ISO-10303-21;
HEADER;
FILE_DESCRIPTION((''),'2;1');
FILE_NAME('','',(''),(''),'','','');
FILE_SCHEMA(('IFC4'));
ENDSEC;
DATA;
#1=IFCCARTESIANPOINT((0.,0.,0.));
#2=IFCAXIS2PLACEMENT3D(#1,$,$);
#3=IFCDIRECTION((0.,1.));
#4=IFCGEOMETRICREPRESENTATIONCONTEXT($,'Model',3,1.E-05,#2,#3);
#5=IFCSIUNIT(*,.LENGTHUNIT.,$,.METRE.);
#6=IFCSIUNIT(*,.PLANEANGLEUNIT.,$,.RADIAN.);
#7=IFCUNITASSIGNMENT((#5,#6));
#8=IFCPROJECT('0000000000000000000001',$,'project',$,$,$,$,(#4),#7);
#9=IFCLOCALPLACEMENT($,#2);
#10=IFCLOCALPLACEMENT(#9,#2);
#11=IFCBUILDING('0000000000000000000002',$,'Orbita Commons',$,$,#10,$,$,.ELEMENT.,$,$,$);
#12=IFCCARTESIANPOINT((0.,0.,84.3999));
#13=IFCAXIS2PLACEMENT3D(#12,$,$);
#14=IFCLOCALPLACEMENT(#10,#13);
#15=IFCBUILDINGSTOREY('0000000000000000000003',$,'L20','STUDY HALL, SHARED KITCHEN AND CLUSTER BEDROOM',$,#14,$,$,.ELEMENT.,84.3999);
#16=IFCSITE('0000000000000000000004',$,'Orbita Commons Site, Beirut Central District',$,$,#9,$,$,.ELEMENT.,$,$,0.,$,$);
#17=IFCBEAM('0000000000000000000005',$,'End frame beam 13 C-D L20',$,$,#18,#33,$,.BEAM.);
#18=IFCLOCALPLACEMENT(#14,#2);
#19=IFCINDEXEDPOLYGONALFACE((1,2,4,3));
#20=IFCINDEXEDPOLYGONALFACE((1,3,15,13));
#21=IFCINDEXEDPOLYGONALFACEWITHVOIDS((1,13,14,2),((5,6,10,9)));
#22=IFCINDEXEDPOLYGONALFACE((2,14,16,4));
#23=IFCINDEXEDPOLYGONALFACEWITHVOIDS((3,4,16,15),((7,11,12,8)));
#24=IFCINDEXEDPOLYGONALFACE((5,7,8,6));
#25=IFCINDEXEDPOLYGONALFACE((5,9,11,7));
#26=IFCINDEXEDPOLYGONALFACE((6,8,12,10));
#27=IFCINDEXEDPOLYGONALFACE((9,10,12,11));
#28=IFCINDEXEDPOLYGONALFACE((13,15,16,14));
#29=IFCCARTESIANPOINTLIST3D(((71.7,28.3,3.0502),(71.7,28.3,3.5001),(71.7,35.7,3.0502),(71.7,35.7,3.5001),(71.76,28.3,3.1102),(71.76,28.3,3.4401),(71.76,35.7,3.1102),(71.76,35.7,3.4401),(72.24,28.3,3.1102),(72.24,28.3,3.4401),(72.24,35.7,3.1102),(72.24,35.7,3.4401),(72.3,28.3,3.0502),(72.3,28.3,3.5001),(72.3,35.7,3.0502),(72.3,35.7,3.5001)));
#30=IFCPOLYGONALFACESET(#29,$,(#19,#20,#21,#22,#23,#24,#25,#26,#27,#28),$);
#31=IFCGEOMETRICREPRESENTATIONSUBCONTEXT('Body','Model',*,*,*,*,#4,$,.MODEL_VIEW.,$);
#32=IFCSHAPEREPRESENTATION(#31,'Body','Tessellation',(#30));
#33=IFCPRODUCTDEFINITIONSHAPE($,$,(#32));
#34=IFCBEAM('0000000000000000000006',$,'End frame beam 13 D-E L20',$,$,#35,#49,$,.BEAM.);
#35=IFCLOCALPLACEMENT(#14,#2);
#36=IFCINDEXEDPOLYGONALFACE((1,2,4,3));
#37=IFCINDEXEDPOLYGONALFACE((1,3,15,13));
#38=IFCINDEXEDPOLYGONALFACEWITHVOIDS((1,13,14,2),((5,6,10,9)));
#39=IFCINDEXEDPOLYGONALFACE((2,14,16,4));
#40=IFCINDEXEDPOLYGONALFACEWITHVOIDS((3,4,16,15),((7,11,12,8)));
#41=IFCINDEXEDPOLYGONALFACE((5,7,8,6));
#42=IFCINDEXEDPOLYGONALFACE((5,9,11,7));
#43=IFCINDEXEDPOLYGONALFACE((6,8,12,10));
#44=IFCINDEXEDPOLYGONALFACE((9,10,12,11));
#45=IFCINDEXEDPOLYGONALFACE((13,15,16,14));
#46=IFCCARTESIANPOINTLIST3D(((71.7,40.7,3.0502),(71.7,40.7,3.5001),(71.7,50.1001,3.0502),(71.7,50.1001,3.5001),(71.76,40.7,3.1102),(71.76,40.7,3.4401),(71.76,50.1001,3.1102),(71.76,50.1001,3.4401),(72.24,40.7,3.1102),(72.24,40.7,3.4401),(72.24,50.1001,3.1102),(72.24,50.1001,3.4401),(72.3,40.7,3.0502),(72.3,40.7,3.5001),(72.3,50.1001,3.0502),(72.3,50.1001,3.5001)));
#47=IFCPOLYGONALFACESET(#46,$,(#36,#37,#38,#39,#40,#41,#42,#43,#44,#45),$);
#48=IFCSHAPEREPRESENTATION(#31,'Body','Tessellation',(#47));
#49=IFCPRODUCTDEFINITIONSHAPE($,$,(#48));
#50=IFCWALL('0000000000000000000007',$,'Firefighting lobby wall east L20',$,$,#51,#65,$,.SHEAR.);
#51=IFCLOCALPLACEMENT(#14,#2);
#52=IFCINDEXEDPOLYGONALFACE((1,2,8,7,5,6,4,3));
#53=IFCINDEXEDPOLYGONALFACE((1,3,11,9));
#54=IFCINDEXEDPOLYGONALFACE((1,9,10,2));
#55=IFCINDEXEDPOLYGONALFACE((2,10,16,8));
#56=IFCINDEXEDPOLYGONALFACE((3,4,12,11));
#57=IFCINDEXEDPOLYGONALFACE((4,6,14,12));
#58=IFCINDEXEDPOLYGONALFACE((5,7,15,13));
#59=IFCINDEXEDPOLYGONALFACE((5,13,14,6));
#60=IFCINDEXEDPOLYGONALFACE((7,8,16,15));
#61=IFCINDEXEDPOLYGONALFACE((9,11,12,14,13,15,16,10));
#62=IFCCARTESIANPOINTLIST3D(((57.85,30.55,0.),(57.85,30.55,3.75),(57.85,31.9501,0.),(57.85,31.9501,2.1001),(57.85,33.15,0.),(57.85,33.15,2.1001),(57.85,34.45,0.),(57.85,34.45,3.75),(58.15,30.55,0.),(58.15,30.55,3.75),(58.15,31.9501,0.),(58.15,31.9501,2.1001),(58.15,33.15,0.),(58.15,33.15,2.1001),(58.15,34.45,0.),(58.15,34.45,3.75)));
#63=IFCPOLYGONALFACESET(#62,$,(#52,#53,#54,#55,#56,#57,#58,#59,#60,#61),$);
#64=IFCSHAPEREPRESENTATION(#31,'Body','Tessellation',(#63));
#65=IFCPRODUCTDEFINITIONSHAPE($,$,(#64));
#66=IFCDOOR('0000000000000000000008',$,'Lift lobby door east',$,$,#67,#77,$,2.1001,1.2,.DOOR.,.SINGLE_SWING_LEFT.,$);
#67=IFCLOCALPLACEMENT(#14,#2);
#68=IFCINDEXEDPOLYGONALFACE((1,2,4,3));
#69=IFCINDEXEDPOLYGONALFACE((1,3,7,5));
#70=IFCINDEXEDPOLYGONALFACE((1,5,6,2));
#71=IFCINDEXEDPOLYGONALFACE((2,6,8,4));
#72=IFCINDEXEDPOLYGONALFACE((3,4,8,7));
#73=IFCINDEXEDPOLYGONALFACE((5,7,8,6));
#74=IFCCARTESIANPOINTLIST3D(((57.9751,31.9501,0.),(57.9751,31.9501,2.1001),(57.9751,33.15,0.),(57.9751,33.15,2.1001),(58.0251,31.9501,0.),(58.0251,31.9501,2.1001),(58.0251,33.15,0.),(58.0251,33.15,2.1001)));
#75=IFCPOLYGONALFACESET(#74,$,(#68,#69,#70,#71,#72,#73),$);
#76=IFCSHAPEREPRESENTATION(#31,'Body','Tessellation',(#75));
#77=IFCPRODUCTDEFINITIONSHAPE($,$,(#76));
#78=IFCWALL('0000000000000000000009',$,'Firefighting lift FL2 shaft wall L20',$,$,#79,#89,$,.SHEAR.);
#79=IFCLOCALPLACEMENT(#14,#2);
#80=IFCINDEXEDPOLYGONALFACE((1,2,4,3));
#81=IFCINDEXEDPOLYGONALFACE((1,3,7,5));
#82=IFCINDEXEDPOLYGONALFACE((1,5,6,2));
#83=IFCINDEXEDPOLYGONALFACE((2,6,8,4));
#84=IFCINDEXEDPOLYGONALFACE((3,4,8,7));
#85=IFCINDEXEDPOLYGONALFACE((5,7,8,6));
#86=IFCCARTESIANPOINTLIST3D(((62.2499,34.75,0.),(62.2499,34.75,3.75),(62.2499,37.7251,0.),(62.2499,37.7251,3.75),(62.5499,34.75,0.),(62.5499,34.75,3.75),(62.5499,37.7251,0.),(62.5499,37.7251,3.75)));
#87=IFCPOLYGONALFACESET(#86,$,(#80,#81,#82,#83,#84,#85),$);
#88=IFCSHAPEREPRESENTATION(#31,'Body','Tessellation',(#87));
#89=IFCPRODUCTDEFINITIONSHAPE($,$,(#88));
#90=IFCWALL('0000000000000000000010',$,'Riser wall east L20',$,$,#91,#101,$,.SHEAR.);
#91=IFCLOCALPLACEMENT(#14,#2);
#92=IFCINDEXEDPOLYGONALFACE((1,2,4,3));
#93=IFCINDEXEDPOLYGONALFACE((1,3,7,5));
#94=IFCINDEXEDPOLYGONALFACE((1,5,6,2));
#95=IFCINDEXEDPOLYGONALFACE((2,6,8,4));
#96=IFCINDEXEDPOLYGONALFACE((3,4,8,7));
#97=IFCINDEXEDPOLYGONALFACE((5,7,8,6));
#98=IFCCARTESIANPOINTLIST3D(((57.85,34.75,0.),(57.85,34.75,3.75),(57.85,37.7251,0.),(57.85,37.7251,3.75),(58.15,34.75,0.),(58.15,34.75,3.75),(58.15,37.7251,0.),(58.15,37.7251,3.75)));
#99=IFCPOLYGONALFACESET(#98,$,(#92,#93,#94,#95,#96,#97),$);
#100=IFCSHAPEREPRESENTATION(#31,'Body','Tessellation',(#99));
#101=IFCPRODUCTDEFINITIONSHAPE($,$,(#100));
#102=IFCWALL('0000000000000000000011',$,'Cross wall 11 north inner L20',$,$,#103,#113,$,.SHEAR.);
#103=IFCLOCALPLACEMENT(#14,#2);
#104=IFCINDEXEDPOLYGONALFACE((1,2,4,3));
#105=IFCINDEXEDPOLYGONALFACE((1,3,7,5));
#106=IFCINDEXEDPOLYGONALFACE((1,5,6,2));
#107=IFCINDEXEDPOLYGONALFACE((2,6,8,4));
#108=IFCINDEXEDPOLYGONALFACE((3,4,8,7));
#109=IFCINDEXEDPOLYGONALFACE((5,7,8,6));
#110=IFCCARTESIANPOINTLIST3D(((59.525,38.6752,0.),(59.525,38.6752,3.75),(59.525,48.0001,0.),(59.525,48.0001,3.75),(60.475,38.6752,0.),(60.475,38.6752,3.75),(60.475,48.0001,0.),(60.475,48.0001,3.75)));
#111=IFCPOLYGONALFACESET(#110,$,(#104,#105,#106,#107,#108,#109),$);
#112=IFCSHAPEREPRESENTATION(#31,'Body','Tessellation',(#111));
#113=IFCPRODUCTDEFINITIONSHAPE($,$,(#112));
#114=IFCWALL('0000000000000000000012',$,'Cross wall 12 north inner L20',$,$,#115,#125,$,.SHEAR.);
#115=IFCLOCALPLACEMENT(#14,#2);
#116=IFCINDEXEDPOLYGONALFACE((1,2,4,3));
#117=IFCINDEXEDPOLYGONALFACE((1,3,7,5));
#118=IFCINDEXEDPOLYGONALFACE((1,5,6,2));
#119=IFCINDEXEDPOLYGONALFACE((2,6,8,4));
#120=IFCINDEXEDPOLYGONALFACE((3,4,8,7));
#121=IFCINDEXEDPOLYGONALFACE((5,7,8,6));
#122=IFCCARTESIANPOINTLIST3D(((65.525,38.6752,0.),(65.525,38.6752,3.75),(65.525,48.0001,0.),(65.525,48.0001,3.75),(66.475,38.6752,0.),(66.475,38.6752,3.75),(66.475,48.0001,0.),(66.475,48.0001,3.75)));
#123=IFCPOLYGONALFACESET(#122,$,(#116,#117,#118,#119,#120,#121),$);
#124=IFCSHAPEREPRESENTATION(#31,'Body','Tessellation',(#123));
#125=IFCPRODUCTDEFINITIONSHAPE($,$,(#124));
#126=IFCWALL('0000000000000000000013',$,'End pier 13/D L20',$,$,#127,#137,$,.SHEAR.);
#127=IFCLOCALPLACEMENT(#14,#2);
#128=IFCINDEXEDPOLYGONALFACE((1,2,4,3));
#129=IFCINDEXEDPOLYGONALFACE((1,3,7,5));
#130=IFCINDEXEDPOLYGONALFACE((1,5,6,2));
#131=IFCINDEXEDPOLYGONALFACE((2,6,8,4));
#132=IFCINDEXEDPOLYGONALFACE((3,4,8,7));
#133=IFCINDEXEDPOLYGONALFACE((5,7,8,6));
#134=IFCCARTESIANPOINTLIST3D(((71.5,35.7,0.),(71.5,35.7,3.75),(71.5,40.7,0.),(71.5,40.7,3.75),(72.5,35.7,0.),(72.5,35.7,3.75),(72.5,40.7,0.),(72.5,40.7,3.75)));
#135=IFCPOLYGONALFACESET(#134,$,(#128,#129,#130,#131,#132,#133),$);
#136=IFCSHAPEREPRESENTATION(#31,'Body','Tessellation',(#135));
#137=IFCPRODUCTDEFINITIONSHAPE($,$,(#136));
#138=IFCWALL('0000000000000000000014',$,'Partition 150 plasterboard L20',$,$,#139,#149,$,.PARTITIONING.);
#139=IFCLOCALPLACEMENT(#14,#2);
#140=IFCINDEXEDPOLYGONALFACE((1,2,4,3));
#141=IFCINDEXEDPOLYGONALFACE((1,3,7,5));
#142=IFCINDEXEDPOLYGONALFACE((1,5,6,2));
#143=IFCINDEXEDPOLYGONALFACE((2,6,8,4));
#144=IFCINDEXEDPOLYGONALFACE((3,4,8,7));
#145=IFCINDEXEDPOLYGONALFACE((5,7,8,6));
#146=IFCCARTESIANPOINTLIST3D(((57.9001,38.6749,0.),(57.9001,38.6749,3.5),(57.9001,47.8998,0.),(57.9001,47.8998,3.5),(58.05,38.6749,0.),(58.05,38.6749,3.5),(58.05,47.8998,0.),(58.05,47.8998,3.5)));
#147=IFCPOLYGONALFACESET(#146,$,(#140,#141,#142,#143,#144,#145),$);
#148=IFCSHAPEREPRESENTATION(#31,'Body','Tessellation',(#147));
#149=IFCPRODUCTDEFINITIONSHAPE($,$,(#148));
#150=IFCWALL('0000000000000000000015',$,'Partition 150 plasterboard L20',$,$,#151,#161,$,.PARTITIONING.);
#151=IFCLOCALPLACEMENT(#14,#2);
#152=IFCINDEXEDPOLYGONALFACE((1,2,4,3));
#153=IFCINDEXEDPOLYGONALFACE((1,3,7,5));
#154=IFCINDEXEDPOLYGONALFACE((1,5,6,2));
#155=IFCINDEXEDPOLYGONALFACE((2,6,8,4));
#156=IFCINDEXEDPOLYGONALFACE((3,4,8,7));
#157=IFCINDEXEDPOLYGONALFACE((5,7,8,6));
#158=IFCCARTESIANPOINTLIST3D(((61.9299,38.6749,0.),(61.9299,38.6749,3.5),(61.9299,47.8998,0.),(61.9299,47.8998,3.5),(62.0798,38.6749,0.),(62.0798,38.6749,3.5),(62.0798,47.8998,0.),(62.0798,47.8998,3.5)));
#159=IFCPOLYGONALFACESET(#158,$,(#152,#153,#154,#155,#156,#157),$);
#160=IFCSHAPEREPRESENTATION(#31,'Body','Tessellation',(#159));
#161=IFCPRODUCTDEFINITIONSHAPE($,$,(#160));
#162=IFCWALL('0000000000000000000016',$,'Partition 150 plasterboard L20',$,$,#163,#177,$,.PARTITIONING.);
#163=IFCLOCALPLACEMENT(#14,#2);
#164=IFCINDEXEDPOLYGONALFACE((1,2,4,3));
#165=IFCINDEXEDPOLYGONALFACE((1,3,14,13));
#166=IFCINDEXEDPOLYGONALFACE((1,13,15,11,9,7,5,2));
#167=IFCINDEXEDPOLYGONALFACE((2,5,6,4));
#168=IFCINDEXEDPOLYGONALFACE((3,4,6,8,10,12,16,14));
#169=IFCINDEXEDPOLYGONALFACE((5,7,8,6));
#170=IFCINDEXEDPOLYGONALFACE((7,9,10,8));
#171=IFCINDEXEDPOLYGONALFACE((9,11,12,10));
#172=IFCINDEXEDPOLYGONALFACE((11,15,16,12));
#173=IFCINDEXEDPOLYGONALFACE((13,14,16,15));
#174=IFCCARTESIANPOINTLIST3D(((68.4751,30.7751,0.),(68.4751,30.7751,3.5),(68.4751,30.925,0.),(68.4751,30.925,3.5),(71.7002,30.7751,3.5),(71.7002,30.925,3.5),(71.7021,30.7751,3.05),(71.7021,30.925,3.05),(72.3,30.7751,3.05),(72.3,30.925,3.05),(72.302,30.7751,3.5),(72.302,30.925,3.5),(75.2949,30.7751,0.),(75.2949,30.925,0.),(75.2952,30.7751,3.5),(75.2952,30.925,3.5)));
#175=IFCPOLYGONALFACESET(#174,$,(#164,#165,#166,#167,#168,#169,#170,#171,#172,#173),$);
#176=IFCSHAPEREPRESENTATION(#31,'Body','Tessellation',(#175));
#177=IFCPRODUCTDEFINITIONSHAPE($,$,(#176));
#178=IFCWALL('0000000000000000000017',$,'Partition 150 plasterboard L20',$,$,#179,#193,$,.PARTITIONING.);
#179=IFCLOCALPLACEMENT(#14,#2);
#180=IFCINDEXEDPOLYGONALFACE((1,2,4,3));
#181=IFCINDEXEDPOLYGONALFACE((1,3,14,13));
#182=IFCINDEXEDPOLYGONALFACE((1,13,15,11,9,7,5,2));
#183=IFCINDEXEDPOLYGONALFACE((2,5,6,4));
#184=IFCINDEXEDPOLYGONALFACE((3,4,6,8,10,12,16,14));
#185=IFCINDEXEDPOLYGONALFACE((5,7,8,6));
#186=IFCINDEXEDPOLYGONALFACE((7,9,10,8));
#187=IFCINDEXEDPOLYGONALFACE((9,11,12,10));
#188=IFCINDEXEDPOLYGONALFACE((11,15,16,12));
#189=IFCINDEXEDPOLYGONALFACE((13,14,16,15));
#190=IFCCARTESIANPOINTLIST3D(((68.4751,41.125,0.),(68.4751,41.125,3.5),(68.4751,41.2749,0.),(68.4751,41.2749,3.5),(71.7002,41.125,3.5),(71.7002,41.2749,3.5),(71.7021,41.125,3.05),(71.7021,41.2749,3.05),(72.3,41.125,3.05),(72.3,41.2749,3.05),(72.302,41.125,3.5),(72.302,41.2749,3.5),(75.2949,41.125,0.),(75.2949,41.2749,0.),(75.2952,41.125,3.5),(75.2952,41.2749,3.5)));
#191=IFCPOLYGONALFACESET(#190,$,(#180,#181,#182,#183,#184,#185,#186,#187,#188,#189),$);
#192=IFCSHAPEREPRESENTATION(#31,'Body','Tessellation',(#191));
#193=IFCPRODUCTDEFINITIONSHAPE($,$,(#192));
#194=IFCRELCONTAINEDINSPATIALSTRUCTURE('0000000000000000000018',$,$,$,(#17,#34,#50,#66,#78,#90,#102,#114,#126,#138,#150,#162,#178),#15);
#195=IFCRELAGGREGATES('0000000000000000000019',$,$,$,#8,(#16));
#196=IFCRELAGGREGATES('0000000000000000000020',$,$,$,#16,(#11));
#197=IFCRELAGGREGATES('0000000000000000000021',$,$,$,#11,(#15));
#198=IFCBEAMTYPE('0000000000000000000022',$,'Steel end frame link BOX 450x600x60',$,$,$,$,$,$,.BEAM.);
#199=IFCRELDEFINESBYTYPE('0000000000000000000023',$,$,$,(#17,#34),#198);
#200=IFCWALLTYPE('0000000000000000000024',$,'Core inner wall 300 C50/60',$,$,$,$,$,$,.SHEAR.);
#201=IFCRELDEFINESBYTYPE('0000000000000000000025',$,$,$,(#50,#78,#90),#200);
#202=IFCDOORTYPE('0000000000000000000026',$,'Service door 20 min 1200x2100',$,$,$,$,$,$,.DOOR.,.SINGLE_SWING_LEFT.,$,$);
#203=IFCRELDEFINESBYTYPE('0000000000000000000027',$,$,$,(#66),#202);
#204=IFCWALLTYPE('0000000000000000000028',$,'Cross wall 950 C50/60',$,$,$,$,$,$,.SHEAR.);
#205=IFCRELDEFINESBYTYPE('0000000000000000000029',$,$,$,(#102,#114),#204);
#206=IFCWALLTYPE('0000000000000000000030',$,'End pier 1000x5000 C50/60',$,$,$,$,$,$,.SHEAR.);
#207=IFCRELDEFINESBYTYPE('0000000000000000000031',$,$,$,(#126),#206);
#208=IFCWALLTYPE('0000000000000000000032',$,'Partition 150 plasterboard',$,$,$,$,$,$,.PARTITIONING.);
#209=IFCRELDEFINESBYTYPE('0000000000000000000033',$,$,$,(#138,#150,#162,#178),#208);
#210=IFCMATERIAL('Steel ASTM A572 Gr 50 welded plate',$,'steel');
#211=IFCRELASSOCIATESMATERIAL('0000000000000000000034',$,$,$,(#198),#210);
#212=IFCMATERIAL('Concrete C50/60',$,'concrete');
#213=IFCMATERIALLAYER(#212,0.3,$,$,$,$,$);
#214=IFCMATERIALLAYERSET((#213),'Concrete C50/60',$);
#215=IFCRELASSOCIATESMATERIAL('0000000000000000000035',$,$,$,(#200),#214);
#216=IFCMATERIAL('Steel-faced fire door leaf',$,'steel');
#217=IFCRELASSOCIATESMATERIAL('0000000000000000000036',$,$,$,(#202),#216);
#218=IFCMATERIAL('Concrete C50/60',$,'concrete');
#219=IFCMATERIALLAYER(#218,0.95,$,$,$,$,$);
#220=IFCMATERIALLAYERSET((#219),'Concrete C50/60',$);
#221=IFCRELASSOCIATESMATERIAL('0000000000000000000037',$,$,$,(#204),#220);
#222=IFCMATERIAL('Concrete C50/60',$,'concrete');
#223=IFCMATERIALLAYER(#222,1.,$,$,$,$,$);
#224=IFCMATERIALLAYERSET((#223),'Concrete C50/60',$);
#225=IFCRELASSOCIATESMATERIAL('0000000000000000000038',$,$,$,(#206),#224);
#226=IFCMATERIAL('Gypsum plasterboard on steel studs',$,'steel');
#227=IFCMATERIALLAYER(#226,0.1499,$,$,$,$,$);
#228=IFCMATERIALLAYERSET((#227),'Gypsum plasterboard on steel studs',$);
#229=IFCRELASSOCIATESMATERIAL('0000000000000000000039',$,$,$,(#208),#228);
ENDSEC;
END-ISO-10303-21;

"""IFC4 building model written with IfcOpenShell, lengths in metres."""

from ifc_helpers import new_model, si_unit, direction, frame, frame_2d, origin, origin_2d, place, context, subcontext, project, spatial, polyline, rectangle, hollow_rectangle, outline, extrude, material, layer, layer_set, material_profile, profile_set, type_object, element, fill, save


model = new_model("IFC4")

# Units and contexts
model_context = context("Model", 3, precision=1e-05, world=origin(), true_north=direction((0.0, 1.0)))
body_context = subcontext(model_context, "Body", "Model", "MODEL_VIEW")
ifc_project = project(units=[si_unit("LENGTHUNIT", "METRE"), si_unit("PLANEANGLEUNIT", "RADIAN")], contexts=[model_context])

# Site, building, storey
site_placement = place(None, origin())
site = spatial("IfcSite", under=ifc_project, at=site_placement, Name="Orbita Commons Site, Beirut Central District", CompositionType="ELEMENT", RefElevation=0.0)
building_placement = place(site_placement, origin())
building = spatial("IfcBuilding", under=site, at=building_placement, Name="Orbita Commons", CompositionType="ELEMENT")
storey_placement = place(building_placement, frame((0.0, 0.0, 84.3999)))
storey = spatial("IfcBuildingStorey", under=building, at=storey_placement, Name="L20", Description="STUDY HALL, SHARED KITCHEN AND CLUSTER BEDROOM", CompositionType="ELEMENT", Elevation=84.3999)

# Beams
ifc_material_1 = material(Name="Steel ASTM A572 Gr 50 welded plate", Category="steel")
ifc_material_profile = material_profile(ifc_material_1, hollow_rectangle(XDim=0.6001, YDim=0.45, WallThickness=0.0601, at=origin_2d()), Name="BOX 450x600x60")
ifc_profile_set = profile_set([ifc_material_profile], Name="Steel ASTM A572 Gr 50 welded plate")
beam_type = type_object("IfcBeamType", Name="Steel end frame link BOX 450x600x60", PredefinedType="BEAM", material=ifc_profile_set)
beam_1_placement = place(storey_placement, frame((72.0, 28.3, 3.2751), z_axis=(0.0, 1.0, 0.0), x_axis=(-1.0, 0.0, 0.0)))
element("IfcBeam", 1, at=beam_1_placement, inside=storey, type_object=beam_type, Name="End frame beam 13 C-D L20", PredefinedType="BEAM", context=body_context, shape_type="SweptSolid", body=[
    extrude(hollow_rectangle(XDim=0.6001, YDim=0.45, WallThickness=0.0601, at=origin_2d()), origin(), (0.0, 0.0, 1.0), 7.3999),
])
beam_2_placement = place(storey_placement, frame((72.0, 40.7, 3.2751), z_axis=(0.0, 1.0, 0.0), x_axis=(-1.0, 0.0, 0.0)))
element("IfcBeam", 2, at=beam_2_placement, inside=storey, type_object=beam_type, Name="End frame beam 13 D-E L20", PredefinedType="BEAM", context=body_context, shape_type="SweptSolid", body=[
    extrude(hollow_rectangle(XDim=0.6001, YDim=0.45, WallThickness=0.0601, at=origin_2d()), origin(), (0.0, 0.0, 1.0), 9.4001),
])

# Wall, opening, door
ifc_material_2 = material(Name="Concrete C50/60", Category="concrete")
ifc_layer_1 = layer(ifc_material_2, 0.3)
ifc_layer_set_1 = layer_set([ifc_layer_1], Name="Concrete C50/60")
wall_type_1 = type_object("IfcWallType", Name="Core inner wall 300 C50/60", PredefinedType="SHEAR", material=ifc_layer_set_1)
wall_1_placement = place(storey_placement, frame((58.0, 30.55, 0.0), z_axis=(0.0, 0.0, 1.0), x_axis=(0.0, 1.0, 0.0)))
wall_1 = element("IfcWall", 3, at=wall_1_placement, inside=storey, type_object=wall_type_1, Name="Firefighting lobby wall east L20", PredefinedType="SHEAR", context=body_context, shape_type="SweptSolid", body=[
    extrude(rectangle(XDim=3.8999, YDim=0.3, at=frame_2d((1.95, 0.0))), origin(), (0.0, 0.0, 1.0), 3.75),
])
opening_1_placement = place(wall_1_placement, frame((1.3999, 0.0, 0.0)))
opening_1 = element("IfcOpeningElement", 4, at=opening_1_placement, cuts=wall_1, PredefinedType="OPENING", context=body_context, shape_type="SweptSolid", body=[
    extrude(rectangle(XDim=1.2, YDim=2.1001, at=frame_2d((0.6001, 1.05))), frame((0.0, 0.1599, 0.0), z_axis=(0.0, -1.0, 0.0), x_axis=(1.0, 0.0, 0.0)), (0.0, 0.0, 1.0), 0.3201),
])
ifc_material_3 = material(Name="Steel-faced fire door leaf", Category="steel")
door_type = type_object("IfcDoorType", Name="Service door 20 min 1200x2100", OperationType="SINGLE_SWING_LEFT", PredefinedType="DOOR", material=ifc_material_3)
door_placement = place(opening_1_placement, origin())
door = element("IfcDoor", 5, at=door_placement, inside=storey, type_object=door_type, Name="Lift lobby door east", OperationType="SINGLE_SWING_LEFT", OverallHeight=2.1001, OverallWidth=1.2, PredefinedType="DOOR", context=body_context, shape_type="SweptSolid", body=[
    extrude(rectangle(XDim=1.2, YDim=2.1001, at=frame_2d((0.6001, 1.05))), frame((0.0, 0.0249, 0.0), z_axis=(0.0, -1.0, 0.0), x_axis=(1.0, 0.0, 0.0)), (0.0, 0.0, 1.0), 0.05),
])
fill(opening_1, door)

# Walls
for number, where, z_axis, x_axis, name in (
    (6, (62.3999, 34.75, 0.0), (0.0, 0.0, 1.0), (0.0, 1.0, 0.0), "Firefighting lift FL2 shaft wall L20"),
    (7, (58.0, 34.75, 0.0), (0.0, 0.0, 1.0), (0.0, 1.0, 0.0), "Riser wall east L20"),
):
    element("IfcWall", number, at=place(storey_placement, frame(where, z_axis=z_axis, x_axis=x_axis)), inside=storey, type_object=wall_type_1, Name=name, PredefinedType="SHEAR", context=body_context, shape_type="SweptSolid", body=[
        extrude(rectangle(XDim=2.9751, YDim=0.3, at=frame_2d((1.4875, 0.0))), origin(), (0.0, 0.0, 1.0), 3.75),
    ])
ifc_material_4 = material(Name="Concrete C50/60", Category="concrete")
ifc_layer_2 = layer(ifc_material_4, 0.95)
ifc_layer_set_2 = layer_set([ifc_layer_2], Name="Concrete C50/60")
wall_type_2 = type_object("IfcWallType", Name="Cross wall 950 C50/60", PredefinedType="SHEAR", material=ifc_layer_set_2)
for number, where, z_axis, x_axis, name in (
    (8, (60.0, 38.675, 0.0), (0.0, 0.0, 1.0), (0.0, 1.0, 0.0), "Cross wall 11 north inner L20"),
    (9, (66.0, 38.675, 0.0), (0.0, 0.0, 1.0), (0.0, 1.0, 0.0), "Cross wall 12 north inner L20"),
):
    element("IfcWall", number, at=place(storey_placement, frame(where, z_axis=z_axis, x_axis=x_axis)), inside=storey, type_object=wall_type_2, Name=name, PredefinedType="SHEAR", context=body_context, shape_type="SweptSolid", body=[
        extrude(rectangle(XDim=9.325, YDim=0.95, at=frame_2d((4.6626, 0.0))), origin(), (0.0, 0.0, 1.0), 3.75),
    ])
ifc_material_5 = material(Name="Concrete C50/60", Category="concrete")
ifc_layer_3 = layer(ifc_material_5, 1.0)
ifc_layer_set_3 = layer_set([ifc_layer_3], Name="Concrete C50/60")
wall_type_3 = type_object("IfcWallType", Name="End pier 1000x5000 C50/60", PredefinedType="SHEAR", material=ifc_layer_set_3)
wall_2_placement = place(storey_placement, frame((72.0, 35.7, 0.0), z_axis=(0.0, 0.0, 1.0), x_axis=(0.0, 1.0, 0.0)))
element("IfcWall", 10, at=wall_2_placement, inside=storey, type_object=wall_type_3, Name="End pier 13/D L20", PredefinedType="SHEAR", context=body_context, shape_type="SweptSolid", body=[
    extrude(rectangle(XDim=5.0, YDim=1.0, at=frame_2d((2.5, 0.0))), origin(), (0.0, 0.0, 1.0), 3.75),
])
ifc_material_6 = material(Name="Gypsum plasterboard on steel studs", Category="steel")
ifc_layer_4 = layer(ifc_material_6, 0.1499)
ifc_layer_set_4 = layer_set([ifc_layer_4], Name="Gypsum plasterboard on steel studs")
wall_type_4 = type_object("IfcWallType", Name="Partition 150 plasterboard", PredefinedType="PARTITIONING", material=ifc_layer_set_4)
for number, where, z_axis, x_axis, name in (
    (11, (57.9751, 38.675, 0.0), (0.0, 0.0, 1.0), (0.0, 1.0, 0.0), "Partition 150 plasterboard L20"),
    (12, (62.0049, 38.675, 0.0), (0.0, 0.0, 1.0), (0.0, 1.0, 0.0), "Partition 150 plasterboard L20"),
):
    element("IfcWall", number, at=place(storey_placement, frame(where, z_axis=z_axis, x_axis=x_axis)), inside=storey, type_object=wall_type_4, Name=name, PredefinedType="PARTITIONING", context=body_context, shape_type="SweptSolid", body=[
        extrude(rectangle(XDim=9.2249, YDim=0.1499, at=frame_2d((4.6123, 0.0))), origin(), (0.0, 0.0, 1.0), 3.5),
    ])
for number, where, z_axis, x_axis, name in (
    (13, (68.4751, 30.8501, 0.0), (0.0, 0.0, 1.0), (1.0, 0.0, 0.0), "Partition 150 plasterboard L20"),
    (14, (68.4751, 41.2, 0.0), (0.0, 0.0, 1.0), (1.0, 0.0, 0.0), "Partition 150 plasterboard L20"),
):
    element("IfcWall", number, at=place(storey_placement, frame(where, z_axis=z_axis, x_axis=x_axis)), inside=storey, type_object=wall_type_4, Name=name, PredefinedType="PARTITIONING", context=body_context, shape_type="SweptSolid", body=[
        extrude(outline(polyline([(0.0, 0.0), (6.8198, 0.0), (6.8201, 3.5), (3.8269, 3.5), (3.825, 3.05), (3.2271, 3.05), (3.2251, 3.5), (0.0, 3.5), (0.0, 0.0)])), frame((0.0, 0.075, 0.0), z_axis=(0.0, -1.0, 0.0), x_axis=(1.0, 0.0, 0.0)), (0.0, 0.0, 1.0), 0.1499),
    ])

save(model, "model.ifc")
